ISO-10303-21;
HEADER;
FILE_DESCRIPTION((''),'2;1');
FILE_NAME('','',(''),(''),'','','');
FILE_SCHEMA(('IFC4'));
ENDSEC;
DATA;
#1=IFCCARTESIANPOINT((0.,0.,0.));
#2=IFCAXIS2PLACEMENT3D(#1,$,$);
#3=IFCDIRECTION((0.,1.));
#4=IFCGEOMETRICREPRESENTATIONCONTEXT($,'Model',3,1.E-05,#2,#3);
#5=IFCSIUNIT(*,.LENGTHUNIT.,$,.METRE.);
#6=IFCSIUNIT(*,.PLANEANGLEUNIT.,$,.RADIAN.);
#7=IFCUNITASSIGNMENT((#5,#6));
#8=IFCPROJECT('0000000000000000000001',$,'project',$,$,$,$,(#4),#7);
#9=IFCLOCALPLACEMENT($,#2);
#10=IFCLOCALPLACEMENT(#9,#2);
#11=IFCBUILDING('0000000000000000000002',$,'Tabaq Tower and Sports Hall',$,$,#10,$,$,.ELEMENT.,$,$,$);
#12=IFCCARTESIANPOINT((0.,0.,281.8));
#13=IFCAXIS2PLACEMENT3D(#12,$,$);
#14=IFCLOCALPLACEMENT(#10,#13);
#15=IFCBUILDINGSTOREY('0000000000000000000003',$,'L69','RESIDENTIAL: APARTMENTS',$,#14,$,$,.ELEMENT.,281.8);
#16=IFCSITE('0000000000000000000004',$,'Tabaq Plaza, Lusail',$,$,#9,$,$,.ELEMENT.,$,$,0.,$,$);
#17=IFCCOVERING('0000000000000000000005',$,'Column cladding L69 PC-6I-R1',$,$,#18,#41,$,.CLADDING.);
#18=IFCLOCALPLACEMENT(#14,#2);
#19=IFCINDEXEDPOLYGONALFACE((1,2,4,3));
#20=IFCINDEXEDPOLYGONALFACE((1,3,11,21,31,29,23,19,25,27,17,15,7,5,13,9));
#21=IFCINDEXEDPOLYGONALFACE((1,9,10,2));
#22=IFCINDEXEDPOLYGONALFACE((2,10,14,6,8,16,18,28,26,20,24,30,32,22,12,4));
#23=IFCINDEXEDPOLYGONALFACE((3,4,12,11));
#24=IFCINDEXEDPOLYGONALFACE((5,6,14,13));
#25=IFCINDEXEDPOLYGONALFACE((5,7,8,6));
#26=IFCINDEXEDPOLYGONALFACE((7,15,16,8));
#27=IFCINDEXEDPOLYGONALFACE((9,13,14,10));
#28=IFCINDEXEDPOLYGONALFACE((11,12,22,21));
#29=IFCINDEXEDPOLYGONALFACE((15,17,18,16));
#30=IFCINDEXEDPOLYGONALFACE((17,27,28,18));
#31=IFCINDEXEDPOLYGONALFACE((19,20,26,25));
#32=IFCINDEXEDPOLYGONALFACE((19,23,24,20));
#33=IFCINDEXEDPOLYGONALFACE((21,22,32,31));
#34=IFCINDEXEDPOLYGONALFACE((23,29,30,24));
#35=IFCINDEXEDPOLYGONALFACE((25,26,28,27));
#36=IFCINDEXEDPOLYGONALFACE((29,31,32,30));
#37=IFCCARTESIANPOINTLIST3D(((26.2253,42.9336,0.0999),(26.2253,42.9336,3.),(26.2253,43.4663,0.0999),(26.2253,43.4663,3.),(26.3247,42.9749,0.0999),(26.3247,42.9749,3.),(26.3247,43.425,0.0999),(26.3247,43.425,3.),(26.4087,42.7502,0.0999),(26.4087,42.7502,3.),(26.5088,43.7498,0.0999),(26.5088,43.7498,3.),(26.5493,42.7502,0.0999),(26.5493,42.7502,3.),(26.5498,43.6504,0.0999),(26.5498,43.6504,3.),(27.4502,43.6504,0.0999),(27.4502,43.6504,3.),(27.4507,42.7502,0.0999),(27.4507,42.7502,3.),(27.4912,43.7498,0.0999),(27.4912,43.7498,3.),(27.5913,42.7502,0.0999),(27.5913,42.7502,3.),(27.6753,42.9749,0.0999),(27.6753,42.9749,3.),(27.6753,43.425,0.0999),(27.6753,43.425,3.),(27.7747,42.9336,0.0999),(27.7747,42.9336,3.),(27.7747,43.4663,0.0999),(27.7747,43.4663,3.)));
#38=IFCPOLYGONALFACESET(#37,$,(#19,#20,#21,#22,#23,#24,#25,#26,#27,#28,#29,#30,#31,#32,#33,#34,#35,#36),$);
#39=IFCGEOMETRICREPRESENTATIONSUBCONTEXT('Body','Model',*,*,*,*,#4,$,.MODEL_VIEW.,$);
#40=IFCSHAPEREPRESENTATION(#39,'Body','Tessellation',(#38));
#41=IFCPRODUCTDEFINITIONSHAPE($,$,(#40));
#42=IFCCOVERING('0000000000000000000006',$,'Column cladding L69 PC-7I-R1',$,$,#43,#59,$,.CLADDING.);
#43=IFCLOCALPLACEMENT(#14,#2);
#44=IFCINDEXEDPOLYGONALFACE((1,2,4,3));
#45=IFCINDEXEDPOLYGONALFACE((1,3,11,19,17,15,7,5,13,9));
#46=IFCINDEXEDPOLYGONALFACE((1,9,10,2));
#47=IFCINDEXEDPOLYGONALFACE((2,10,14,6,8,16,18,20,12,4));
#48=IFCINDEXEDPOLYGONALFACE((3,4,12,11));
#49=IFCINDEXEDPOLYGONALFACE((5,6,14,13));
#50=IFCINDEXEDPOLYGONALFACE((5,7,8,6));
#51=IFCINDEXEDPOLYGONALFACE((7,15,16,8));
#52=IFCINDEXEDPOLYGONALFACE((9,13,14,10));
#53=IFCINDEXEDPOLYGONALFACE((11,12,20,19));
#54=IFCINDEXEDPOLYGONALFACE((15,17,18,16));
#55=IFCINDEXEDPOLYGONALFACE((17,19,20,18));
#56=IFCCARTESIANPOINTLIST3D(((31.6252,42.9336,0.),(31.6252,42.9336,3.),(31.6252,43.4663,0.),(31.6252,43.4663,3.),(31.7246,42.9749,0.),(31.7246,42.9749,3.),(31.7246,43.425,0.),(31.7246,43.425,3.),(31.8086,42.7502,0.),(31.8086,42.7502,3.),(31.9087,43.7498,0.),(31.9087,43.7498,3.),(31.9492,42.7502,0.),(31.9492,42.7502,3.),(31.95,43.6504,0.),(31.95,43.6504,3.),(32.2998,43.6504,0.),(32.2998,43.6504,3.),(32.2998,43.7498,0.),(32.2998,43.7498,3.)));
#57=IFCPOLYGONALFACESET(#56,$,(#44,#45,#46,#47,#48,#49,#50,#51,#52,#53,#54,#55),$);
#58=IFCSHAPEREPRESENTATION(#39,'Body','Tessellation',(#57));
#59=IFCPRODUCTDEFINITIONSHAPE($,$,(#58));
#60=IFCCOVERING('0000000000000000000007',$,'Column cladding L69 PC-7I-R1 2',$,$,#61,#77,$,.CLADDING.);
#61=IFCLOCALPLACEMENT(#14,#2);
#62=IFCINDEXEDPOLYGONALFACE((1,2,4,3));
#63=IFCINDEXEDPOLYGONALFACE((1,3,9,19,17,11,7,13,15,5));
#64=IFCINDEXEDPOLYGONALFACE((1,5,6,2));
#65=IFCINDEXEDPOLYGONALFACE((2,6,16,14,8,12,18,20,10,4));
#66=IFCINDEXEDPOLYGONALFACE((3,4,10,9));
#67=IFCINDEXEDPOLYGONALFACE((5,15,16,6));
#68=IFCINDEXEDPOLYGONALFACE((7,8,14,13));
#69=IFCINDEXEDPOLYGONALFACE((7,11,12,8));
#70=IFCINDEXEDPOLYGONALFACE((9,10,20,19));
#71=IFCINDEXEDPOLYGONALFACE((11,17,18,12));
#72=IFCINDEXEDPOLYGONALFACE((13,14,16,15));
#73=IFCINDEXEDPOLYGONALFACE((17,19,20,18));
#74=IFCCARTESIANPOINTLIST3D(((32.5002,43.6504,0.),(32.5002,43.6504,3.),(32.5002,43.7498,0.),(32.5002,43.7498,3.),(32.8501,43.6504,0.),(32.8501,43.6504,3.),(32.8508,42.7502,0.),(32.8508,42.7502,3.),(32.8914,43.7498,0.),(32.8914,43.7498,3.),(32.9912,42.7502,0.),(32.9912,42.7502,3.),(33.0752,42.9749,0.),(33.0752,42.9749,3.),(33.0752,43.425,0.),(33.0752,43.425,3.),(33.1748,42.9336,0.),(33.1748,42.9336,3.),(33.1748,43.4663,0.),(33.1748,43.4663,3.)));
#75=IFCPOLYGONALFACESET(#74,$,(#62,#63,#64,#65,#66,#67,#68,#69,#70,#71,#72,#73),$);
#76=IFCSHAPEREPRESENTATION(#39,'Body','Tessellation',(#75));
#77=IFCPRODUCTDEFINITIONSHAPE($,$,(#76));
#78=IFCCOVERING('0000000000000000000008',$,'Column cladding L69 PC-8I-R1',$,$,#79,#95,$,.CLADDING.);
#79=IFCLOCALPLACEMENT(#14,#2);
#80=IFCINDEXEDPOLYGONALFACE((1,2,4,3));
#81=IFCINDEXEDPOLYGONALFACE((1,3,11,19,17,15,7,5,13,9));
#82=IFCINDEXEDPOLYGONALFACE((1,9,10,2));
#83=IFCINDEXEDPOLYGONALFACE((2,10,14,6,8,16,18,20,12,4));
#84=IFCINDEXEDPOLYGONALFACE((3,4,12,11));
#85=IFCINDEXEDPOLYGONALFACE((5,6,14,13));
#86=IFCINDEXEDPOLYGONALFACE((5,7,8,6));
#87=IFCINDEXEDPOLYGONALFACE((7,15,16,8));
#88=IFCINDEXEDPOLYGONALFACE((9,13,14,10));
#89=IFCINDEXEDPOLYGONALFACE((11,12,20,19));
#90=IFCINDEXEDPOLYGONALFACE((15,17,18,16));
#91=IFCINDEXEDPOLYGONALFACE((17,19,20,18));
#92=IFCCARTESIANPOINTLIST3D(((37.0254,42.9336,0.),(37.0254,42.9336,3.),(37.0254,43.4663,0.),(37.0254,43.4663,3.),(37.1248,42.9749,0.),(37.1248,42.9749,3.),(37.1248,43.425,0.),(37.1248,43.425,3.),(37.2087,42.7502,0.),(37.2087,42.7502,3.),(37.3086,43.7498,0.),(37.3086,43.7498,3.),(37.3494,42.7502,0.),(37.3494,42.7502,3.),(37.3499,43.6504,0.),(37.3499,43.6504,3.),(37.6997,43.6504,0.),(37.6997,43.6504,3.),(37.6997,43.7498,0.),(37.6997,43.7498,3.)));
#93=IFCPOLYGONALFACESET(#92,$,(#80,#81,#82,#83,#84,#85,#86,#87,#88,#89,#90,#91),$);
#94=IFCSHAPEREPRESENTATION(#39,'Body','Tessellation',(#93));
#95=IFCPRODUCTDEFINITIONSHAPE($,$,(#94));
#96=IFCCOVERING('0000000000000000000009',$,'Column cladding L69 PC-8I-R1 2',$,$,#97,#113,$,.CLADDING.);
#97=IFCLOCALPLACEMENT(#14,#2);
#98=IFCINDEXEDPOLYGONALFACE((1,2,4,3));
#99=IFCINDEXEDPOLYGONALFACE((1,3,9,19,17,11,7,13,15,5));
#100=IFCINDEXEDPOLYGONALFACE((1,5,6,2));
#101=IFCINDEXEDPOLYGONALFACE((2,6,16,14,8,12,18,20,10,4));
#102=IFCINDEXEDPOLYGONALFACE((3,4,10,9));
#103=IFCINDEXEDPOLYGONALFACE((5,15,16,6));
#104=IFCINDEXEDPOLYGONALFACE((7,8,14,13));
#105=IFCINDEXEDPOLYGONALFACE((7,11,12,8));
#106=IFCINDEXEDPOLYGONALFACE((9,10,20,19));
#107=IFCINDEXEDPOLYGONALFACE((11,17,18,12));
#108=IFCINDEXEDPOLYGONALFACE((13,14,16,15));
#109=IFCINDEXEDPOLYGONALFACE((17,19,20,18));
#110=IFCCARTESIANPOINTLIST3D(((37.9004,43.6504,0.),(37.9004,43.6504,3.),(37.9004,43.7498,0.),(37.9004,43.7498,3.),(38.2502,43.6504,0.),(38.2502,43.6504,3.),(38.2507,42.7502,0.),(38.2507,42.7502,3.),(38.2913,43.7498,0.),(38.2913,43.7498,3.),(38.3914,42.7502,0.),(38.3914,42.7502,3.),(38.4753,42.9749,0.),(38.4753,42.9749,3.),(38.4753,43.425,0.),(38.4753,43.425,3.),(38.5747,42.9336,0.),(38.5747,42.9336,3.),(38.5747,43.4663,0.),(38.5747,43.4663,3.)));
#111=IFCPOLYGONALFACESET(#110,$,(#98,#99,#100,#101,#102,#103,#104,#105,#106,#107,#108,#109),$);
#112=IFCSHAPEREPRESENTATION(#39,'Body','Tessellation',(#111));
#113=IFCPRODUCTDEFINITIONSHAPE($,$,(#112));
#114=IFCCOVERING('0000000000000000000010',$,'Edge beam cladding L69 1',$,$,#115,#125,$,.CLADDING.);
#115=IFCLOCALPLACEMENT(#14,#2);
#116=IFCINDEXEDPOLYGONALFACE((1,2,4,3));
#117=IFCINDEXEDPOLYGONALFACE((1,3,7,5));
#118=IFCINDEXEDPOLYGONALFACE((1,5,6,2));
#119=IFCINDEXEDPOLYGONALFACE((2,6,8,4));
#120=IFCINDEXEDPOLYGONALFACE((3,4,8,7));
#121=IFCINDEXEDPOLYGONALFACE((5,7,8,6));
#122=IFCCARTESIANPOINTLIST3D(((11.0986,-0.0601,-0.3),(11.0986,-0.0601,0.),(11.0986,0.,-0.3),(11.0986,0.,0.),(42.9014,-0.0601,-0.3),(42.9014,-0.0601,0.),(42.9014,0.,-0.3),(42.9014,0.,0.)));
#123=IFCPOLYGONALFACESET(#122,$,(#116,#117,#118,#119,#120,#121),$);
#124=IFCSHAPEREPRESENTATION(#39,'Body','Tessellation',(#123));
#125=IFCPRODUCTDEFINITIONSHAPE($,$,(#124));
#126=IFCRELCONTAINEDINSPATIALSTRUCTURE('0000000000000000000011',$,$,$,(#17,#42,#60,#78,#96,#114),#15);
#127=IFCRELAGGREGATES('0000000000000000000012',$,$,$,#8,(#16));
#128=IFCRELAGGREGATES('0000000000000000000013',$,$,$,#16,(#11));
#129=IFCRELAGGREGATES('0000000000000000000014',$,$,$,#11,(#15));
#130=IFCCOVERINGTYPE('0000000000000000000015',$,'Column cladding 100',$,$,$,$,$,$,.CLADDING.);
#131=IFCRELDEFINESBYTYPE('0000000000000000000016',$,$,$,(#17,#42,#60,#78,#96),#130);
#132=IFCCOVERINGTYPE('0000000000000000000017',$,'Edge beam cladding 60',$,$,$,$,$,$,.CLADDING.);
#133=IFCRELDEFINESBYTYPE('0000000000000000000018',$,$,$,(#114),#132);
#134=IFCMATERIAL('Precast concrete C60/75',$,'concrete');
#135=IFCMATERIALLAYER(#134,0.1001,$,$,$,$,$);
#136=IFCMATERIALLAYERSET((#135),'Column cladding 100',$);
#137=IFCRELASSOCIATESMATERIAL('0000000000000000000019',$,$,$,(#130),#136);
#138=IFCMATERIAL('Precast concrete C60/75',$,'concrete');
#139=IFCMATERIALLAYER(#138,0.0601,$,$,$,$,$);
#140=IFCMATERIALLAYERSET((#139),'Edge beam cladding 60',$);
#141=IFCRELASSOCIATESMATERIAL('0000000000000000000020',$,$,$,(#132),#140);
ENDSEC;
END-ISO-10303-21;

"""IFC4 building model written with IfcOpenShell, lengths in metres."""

from ifc_helpers import new_model, si_unit, direction, frame, frame_2d, origin, place, context, subcontext, project, spatial, polyline, rectangle, outline, extrude, material, layer, layer_set, type_object, element, save


model = new_model("IFC4")

# Units and contexts
model_context = context("Model", 3, precision=1e-05, world=origin(), true_north=direction((0.0, 1.0)))
body_context = subcontext(model_context, "Body", "Model", "MODEL_VIEW")
ifc_project = project(units=[si_unit("LENGTHUNIT", "METRE"), si_unit("PLANEANGLEUNIT", "RADIAN")], contexts=[model_context])

# Site, building, storey
site_placement = place(None, origin())
site = spatial("IfcSite", under=ifc_project, at=site_placement, Name="Tabaq Plaza, Lusail", CompositionType="ELEMENT", RefElevation=0.0)
building_placement = place(site_placement, origin())
building = spatial("IfcBuilding", under=site, at=building_placement, Name="Tabaq Tower and Sports Hall", CompositionType="ELEMENT")
storey_placement = place(building_placement, frame((0.0, 0.0, 281.8)))
storey = spatial("IfcBuildingStorey", under=building, at=storey_placement, Name="L69", Description="RESIDENTIAL: APARTMENTS", CompositionType="ELEMENT", Elevation=281.8)

# Coverings
ifc_material_1 = material(Name="Precast concrete C60/75", Category="concrete")
ifc_layer_1 = layer(ifc_material_1, 0.1001)
ifc_layer_set_1 = layer_set([ifc_layer_1], Name="Column cladding 100")
covering_type_1 = type_object("IfcCoveringType", Name="Column cladding 100", PredefinedType="CLADDING", material=ifc_layer_set_1)
covering_1_placement = place(storey_placement, frame((0.0, 0.0, 0.0999)))
element("IfcCovering", 1, at=covering_1_placement, inside=storey, type_object=covering_type_1, Name="Column cladding L69 PC-6I-R1", PredefinedType="CLADDING", context=body_context, shape_type="SweptSolid", body=[
    extrude(outline(polyline([(26.2253, 43.4663), (26.5088, 43.7498), (27.4912, 43.7498), (27.7747, 43.4663), (27.7747, 42.9336), (27.5913, 42.7502), (27.4507, 42.7502), (27.6753, 42.9749), (27.6753, 43.425), (27.4502, 43.6504), (26.5498, 43.6504), (26.3247, 43.425), (26.3247, 42.9749), (26.5493, 42.7502), (26.4087, 42.7502), (26.2253, 42.9336), (26.2253, 43.4663)])), origin(), (0.0, 0.0, 1.0), 2.9001),
])
covering_2_placement = place(storey_placement, origin())
element("IfcCovering", 2, at=covering_2_placement, inside=storey, type_object=covering_type_1, Name="Column cladding L69 PC-7I-R1", PredefinedType="CLADDING", context=body_context, shape_type="SweptSolid", body=[
    extrude(outline(polyline([(31.6252, 43.4663), (31.9087, 43.7498), (32.2998, 43.7498), (32.2998, 43.6504), (31.95, 43.6504), (31.7246, 43.425), (31.7246, 42.9749), (31.9492, 42.7502), (31.8086, 42.7502), (31.6252, 42.9336), (31.6252, 43.4663)])), origin(), (0.0, 0.0, 1.0), 3.0),
])
covering_3_placement = place(storey_placement, origin())
element("IfcCovering", 3, at=covering_3_placement, inside=storey, type_object=covering_type_1, Name="Column cladding L69 PC-7I-R1 2", PredefinedType="CLADDING", context=body_context, shape_type="SweptSolid", body=[
    extrude(outline(polyline([(32.8914, 43.7498), (33.1748, 43.4663), (33.1748, 42.9336), (32.9912, 42.7502), (32.8508, 42.7502), (33.0752, 42.9749), (33.0752, 43.425), (32.8501, 43.6504), (32.5002, 43.6504), (32.5002, 43.7498), (32.8914, 43.7498)])), origin(), (0.0, 0.0, 1.0), 3.0),
])
covering_4_placement = place(storey_placement, origin())
element("IfcCovering", 4, at=covering_4_placement, inside=storey, type_object=covering_type_1, Name="Column cladding L69 PC-8I-R1", PredefinedType="CLADDING", context=body_context, shape_type="SweptSolid", body=[
    extrude(outline(polyline([(37.0254, 43.4663), (37.3086, 43.7498), (37.6997, 43.7498), (37.6997, 43.6504), (37.3499, 43.6504), (37.1248, 43.425), (37.1248, 42.9749), (37.3494, 42.7502), (37.2087, 42.7502), (37.0254, 42.9336), (37.0254, 43.4663)])), origin(), (0.0, 0.0, 1.0), 3.0),
])
covering_5_placement = place(storey_placement, origin())
element("IfcCovering", 5, at=covering_5_placement, inside=storey, type_object=covering_type_1, Name="Column cladding L69 PC-8I-R1 2", PredefinedType="CLADDING", context=body_context, shape_type="SweptSolid", body=[
    extrude(outline(polyline([(38.2913, 43.7498), (38.5747, 43.4663), (38.5747, 42.9336), (38.3914, 42.7502), (38.2507, 42.7502), (38.4753, 42.9749), (38.4753, 43.425), (38.2502, 43.6504), (37.9004, 43.6504), (37.9004, 43.7498), (38.2913, 43.7498)])), origin(), (0.0, 0.0, 1.0), 3.0),
])
ifc_material_2 = material(Name="Precast concrete C60/75", Category="concrete")
ifc_layer_2 = layer(ifc_material_2, 0.0601)
ifc_layer_set_2 = layer_set([ifc_layer_2], Name="Edge beam cladding 60")
covering_type_2 = type_object("IfcCoveringType", Name="Edge beam cladding 60", PredefinedType="CLADDING", material=ifc_layer_set_2)
covering_6_placement = place(storey_placement, frame((11.0986, -0.03, -0.3), z_axis=(0.0, 0.0, 1.0), x_axis=(1.0, 0.0, 0.0)))
element("IfcCovering", 6, at=covering_6_placement, inside=storey, type_object=covering_type_2, Name="Edge beam cladding L69 1", PredefinedType="CLADDING", context=body_context, shape_type="SweptSolid", body=[
    extrude(rectangle(XDim=31.8027, YDim=0.0601, at=frame_2d((15.9014, 0.0))), origin(), (0.0, 0.0, 1.0), 0.3),
])

save(model, "model.ifc")
